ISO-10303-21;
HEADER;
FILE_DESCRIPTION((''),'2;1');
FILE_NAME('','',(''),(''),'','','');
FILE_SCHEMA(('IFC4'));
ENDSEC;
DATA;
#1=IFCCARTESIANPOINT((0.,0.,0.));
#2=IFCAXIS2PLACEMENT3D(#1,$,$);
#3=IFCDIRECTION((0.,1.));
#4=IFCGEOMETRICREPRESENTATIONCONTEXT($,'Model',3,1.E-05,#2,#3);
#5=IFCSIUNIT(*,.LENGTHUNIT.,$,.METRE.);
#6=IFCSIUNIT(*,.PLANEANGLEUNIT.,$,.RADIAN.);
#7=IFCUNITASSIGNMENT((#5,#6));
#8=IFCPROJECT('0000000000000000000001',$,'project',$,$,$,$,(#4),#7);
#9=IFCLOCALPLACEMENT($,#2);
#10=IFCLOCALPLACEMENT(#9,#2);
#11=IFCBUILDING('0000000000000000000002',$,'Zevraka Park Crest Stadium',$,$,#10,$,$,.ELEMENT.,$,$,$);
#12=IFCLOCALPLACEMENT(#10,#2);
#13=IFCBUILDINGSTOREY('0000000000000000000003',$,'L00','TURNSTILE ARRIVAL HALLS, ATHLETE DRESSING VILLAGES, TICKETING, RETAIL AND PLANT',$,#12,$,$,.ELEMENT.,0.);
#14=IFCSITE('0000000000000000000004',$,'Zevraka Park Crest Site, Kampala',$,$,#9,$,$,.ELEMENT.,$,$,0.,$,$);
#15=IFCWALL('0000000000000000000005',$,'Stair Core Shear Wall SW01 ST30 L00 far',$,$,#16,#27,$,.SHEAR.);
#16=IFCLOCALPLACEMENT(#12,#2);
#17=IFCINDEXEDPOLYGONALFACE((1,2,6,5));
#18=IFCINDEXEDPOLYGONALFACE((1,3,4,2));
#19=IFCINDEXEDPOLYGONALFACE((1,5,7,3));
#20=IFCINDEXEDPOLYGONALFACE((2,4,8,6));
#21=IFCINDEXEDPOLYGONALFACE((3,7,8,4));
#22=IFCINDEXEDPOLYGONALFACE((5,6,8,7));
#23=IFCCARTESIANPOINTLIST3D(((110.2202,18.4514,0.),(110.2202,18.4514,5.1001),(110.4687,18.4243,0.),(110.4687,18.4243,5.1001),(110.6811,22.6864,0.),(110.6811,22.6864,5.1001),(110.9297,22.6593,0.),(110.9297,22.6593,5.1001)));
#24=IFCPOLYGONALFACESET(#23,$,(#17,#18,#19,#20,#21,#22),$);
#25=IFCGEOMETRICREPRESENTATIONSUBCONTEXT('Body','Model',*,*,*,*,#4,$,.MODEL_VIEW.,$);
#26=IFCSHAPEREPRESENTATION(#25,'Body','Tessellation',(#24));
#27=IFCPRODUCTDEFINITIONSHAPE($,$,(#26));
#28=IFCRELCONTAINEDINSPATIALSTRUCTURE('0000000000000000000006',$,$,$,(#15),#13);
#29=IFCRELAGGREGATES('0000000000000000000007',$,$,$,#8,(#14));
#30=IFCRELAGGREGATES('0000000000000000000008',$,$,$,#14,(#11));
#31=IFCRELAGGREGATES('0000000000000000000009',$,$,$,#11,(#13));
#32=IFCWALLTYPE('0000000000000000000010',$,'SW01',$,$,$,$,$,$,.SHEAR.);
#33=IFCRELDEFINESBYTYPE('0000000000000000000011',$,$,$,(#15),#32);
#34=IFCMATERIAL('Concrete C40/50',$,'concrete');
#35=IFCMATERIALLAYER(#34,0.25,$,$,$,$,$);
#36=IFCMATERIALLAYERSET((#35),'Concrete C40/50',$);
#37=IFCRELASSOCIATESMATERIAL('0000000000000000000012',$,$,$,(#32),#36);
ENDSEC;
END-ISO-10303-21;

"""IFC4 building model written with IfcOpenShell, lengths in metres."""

from ifc_helpers import new_model, si_unit, direction, frame, frame_2d, origin, place, context, subcontext, project, spatial, rectangle, extrude, material, layer, layer_set, type_object, element, save


model = new_model("IFC4")

# Units and contexts
model_context = context("Model", 3, precision=1e-05, world=origin(), true_north=direction((0.0, 1.0)))
body_context = subcontext(model_context, "Body", "Model", "MODEL_VIEW")
ifc_project = project(units=[si_unit("LENGTHUNIT", "METRE"), si_unit("PLANEANGLEUNIT", "RADIAN")], contexts=[model_context])

# Site, building, storey
site_placement = place(None, origin())
site = spatial("IfcSite", under=ifc_project, at=site_placement, Name="Zevraka Park Crest Site, Kampala", CompositionType="ELEMENT", RefElevation=0.0)
building_placement = place(site_placement, origin())
building = spatial("IfcBuilding", under=site, at=building_placement, Name="Zevraka Park Crest Stadium", CompositionType="ELEMENT")
storey_placement = place(building_placement, origin())
storey = spatial("IfcBuildingStorey", under=building, at=storey_placement, Name="L00", Description="TURNSTILE ARRIVAL HALLS, ATHLETE DRESSING VILLAGES, TICKETING, RETAIL AND PLANT", CompositionType="ELEMENT", Elevation=0.0)

# Shared definitions
ifc_material_1 = material(Name="Concrete C40/50", Category="concrete")
ifc_layer_1 = layer(ifc_material_1, 0.25)
ifc_layer_set_1 = layer_set([ifc_layer_1], Name="Concrete C40/50")
wall_type_1 = type_object("IfcWallType", Name="SW01", PredefinedType="SHEAR", material=ifc_layer_set_1)

# Wall
wall_1_placement = place(storey_placement, frame((110.3445, 18.438, 0.0), z_axis=(0.0, 0.0, 1.0), x_axis=(0.108198, 0.994129, 0.0)))
element("IfcWall", 1, at=wall_1_placement, inside=storey, type_object=wall_type_1, Name="Stair Core Shear Wall SW01 ST30 L00 far", PredefinedType="SHEAR", context=body_context, shape_type="SweptSolid", body=[
    extrude(rectangle(XDim=4.26, YDim=0.25, at=frame_2d((2.1299, 0.0))), origin(), (0.0, 0.0, 1.0), 5.1001),
])

save(model, "model.ifc")
